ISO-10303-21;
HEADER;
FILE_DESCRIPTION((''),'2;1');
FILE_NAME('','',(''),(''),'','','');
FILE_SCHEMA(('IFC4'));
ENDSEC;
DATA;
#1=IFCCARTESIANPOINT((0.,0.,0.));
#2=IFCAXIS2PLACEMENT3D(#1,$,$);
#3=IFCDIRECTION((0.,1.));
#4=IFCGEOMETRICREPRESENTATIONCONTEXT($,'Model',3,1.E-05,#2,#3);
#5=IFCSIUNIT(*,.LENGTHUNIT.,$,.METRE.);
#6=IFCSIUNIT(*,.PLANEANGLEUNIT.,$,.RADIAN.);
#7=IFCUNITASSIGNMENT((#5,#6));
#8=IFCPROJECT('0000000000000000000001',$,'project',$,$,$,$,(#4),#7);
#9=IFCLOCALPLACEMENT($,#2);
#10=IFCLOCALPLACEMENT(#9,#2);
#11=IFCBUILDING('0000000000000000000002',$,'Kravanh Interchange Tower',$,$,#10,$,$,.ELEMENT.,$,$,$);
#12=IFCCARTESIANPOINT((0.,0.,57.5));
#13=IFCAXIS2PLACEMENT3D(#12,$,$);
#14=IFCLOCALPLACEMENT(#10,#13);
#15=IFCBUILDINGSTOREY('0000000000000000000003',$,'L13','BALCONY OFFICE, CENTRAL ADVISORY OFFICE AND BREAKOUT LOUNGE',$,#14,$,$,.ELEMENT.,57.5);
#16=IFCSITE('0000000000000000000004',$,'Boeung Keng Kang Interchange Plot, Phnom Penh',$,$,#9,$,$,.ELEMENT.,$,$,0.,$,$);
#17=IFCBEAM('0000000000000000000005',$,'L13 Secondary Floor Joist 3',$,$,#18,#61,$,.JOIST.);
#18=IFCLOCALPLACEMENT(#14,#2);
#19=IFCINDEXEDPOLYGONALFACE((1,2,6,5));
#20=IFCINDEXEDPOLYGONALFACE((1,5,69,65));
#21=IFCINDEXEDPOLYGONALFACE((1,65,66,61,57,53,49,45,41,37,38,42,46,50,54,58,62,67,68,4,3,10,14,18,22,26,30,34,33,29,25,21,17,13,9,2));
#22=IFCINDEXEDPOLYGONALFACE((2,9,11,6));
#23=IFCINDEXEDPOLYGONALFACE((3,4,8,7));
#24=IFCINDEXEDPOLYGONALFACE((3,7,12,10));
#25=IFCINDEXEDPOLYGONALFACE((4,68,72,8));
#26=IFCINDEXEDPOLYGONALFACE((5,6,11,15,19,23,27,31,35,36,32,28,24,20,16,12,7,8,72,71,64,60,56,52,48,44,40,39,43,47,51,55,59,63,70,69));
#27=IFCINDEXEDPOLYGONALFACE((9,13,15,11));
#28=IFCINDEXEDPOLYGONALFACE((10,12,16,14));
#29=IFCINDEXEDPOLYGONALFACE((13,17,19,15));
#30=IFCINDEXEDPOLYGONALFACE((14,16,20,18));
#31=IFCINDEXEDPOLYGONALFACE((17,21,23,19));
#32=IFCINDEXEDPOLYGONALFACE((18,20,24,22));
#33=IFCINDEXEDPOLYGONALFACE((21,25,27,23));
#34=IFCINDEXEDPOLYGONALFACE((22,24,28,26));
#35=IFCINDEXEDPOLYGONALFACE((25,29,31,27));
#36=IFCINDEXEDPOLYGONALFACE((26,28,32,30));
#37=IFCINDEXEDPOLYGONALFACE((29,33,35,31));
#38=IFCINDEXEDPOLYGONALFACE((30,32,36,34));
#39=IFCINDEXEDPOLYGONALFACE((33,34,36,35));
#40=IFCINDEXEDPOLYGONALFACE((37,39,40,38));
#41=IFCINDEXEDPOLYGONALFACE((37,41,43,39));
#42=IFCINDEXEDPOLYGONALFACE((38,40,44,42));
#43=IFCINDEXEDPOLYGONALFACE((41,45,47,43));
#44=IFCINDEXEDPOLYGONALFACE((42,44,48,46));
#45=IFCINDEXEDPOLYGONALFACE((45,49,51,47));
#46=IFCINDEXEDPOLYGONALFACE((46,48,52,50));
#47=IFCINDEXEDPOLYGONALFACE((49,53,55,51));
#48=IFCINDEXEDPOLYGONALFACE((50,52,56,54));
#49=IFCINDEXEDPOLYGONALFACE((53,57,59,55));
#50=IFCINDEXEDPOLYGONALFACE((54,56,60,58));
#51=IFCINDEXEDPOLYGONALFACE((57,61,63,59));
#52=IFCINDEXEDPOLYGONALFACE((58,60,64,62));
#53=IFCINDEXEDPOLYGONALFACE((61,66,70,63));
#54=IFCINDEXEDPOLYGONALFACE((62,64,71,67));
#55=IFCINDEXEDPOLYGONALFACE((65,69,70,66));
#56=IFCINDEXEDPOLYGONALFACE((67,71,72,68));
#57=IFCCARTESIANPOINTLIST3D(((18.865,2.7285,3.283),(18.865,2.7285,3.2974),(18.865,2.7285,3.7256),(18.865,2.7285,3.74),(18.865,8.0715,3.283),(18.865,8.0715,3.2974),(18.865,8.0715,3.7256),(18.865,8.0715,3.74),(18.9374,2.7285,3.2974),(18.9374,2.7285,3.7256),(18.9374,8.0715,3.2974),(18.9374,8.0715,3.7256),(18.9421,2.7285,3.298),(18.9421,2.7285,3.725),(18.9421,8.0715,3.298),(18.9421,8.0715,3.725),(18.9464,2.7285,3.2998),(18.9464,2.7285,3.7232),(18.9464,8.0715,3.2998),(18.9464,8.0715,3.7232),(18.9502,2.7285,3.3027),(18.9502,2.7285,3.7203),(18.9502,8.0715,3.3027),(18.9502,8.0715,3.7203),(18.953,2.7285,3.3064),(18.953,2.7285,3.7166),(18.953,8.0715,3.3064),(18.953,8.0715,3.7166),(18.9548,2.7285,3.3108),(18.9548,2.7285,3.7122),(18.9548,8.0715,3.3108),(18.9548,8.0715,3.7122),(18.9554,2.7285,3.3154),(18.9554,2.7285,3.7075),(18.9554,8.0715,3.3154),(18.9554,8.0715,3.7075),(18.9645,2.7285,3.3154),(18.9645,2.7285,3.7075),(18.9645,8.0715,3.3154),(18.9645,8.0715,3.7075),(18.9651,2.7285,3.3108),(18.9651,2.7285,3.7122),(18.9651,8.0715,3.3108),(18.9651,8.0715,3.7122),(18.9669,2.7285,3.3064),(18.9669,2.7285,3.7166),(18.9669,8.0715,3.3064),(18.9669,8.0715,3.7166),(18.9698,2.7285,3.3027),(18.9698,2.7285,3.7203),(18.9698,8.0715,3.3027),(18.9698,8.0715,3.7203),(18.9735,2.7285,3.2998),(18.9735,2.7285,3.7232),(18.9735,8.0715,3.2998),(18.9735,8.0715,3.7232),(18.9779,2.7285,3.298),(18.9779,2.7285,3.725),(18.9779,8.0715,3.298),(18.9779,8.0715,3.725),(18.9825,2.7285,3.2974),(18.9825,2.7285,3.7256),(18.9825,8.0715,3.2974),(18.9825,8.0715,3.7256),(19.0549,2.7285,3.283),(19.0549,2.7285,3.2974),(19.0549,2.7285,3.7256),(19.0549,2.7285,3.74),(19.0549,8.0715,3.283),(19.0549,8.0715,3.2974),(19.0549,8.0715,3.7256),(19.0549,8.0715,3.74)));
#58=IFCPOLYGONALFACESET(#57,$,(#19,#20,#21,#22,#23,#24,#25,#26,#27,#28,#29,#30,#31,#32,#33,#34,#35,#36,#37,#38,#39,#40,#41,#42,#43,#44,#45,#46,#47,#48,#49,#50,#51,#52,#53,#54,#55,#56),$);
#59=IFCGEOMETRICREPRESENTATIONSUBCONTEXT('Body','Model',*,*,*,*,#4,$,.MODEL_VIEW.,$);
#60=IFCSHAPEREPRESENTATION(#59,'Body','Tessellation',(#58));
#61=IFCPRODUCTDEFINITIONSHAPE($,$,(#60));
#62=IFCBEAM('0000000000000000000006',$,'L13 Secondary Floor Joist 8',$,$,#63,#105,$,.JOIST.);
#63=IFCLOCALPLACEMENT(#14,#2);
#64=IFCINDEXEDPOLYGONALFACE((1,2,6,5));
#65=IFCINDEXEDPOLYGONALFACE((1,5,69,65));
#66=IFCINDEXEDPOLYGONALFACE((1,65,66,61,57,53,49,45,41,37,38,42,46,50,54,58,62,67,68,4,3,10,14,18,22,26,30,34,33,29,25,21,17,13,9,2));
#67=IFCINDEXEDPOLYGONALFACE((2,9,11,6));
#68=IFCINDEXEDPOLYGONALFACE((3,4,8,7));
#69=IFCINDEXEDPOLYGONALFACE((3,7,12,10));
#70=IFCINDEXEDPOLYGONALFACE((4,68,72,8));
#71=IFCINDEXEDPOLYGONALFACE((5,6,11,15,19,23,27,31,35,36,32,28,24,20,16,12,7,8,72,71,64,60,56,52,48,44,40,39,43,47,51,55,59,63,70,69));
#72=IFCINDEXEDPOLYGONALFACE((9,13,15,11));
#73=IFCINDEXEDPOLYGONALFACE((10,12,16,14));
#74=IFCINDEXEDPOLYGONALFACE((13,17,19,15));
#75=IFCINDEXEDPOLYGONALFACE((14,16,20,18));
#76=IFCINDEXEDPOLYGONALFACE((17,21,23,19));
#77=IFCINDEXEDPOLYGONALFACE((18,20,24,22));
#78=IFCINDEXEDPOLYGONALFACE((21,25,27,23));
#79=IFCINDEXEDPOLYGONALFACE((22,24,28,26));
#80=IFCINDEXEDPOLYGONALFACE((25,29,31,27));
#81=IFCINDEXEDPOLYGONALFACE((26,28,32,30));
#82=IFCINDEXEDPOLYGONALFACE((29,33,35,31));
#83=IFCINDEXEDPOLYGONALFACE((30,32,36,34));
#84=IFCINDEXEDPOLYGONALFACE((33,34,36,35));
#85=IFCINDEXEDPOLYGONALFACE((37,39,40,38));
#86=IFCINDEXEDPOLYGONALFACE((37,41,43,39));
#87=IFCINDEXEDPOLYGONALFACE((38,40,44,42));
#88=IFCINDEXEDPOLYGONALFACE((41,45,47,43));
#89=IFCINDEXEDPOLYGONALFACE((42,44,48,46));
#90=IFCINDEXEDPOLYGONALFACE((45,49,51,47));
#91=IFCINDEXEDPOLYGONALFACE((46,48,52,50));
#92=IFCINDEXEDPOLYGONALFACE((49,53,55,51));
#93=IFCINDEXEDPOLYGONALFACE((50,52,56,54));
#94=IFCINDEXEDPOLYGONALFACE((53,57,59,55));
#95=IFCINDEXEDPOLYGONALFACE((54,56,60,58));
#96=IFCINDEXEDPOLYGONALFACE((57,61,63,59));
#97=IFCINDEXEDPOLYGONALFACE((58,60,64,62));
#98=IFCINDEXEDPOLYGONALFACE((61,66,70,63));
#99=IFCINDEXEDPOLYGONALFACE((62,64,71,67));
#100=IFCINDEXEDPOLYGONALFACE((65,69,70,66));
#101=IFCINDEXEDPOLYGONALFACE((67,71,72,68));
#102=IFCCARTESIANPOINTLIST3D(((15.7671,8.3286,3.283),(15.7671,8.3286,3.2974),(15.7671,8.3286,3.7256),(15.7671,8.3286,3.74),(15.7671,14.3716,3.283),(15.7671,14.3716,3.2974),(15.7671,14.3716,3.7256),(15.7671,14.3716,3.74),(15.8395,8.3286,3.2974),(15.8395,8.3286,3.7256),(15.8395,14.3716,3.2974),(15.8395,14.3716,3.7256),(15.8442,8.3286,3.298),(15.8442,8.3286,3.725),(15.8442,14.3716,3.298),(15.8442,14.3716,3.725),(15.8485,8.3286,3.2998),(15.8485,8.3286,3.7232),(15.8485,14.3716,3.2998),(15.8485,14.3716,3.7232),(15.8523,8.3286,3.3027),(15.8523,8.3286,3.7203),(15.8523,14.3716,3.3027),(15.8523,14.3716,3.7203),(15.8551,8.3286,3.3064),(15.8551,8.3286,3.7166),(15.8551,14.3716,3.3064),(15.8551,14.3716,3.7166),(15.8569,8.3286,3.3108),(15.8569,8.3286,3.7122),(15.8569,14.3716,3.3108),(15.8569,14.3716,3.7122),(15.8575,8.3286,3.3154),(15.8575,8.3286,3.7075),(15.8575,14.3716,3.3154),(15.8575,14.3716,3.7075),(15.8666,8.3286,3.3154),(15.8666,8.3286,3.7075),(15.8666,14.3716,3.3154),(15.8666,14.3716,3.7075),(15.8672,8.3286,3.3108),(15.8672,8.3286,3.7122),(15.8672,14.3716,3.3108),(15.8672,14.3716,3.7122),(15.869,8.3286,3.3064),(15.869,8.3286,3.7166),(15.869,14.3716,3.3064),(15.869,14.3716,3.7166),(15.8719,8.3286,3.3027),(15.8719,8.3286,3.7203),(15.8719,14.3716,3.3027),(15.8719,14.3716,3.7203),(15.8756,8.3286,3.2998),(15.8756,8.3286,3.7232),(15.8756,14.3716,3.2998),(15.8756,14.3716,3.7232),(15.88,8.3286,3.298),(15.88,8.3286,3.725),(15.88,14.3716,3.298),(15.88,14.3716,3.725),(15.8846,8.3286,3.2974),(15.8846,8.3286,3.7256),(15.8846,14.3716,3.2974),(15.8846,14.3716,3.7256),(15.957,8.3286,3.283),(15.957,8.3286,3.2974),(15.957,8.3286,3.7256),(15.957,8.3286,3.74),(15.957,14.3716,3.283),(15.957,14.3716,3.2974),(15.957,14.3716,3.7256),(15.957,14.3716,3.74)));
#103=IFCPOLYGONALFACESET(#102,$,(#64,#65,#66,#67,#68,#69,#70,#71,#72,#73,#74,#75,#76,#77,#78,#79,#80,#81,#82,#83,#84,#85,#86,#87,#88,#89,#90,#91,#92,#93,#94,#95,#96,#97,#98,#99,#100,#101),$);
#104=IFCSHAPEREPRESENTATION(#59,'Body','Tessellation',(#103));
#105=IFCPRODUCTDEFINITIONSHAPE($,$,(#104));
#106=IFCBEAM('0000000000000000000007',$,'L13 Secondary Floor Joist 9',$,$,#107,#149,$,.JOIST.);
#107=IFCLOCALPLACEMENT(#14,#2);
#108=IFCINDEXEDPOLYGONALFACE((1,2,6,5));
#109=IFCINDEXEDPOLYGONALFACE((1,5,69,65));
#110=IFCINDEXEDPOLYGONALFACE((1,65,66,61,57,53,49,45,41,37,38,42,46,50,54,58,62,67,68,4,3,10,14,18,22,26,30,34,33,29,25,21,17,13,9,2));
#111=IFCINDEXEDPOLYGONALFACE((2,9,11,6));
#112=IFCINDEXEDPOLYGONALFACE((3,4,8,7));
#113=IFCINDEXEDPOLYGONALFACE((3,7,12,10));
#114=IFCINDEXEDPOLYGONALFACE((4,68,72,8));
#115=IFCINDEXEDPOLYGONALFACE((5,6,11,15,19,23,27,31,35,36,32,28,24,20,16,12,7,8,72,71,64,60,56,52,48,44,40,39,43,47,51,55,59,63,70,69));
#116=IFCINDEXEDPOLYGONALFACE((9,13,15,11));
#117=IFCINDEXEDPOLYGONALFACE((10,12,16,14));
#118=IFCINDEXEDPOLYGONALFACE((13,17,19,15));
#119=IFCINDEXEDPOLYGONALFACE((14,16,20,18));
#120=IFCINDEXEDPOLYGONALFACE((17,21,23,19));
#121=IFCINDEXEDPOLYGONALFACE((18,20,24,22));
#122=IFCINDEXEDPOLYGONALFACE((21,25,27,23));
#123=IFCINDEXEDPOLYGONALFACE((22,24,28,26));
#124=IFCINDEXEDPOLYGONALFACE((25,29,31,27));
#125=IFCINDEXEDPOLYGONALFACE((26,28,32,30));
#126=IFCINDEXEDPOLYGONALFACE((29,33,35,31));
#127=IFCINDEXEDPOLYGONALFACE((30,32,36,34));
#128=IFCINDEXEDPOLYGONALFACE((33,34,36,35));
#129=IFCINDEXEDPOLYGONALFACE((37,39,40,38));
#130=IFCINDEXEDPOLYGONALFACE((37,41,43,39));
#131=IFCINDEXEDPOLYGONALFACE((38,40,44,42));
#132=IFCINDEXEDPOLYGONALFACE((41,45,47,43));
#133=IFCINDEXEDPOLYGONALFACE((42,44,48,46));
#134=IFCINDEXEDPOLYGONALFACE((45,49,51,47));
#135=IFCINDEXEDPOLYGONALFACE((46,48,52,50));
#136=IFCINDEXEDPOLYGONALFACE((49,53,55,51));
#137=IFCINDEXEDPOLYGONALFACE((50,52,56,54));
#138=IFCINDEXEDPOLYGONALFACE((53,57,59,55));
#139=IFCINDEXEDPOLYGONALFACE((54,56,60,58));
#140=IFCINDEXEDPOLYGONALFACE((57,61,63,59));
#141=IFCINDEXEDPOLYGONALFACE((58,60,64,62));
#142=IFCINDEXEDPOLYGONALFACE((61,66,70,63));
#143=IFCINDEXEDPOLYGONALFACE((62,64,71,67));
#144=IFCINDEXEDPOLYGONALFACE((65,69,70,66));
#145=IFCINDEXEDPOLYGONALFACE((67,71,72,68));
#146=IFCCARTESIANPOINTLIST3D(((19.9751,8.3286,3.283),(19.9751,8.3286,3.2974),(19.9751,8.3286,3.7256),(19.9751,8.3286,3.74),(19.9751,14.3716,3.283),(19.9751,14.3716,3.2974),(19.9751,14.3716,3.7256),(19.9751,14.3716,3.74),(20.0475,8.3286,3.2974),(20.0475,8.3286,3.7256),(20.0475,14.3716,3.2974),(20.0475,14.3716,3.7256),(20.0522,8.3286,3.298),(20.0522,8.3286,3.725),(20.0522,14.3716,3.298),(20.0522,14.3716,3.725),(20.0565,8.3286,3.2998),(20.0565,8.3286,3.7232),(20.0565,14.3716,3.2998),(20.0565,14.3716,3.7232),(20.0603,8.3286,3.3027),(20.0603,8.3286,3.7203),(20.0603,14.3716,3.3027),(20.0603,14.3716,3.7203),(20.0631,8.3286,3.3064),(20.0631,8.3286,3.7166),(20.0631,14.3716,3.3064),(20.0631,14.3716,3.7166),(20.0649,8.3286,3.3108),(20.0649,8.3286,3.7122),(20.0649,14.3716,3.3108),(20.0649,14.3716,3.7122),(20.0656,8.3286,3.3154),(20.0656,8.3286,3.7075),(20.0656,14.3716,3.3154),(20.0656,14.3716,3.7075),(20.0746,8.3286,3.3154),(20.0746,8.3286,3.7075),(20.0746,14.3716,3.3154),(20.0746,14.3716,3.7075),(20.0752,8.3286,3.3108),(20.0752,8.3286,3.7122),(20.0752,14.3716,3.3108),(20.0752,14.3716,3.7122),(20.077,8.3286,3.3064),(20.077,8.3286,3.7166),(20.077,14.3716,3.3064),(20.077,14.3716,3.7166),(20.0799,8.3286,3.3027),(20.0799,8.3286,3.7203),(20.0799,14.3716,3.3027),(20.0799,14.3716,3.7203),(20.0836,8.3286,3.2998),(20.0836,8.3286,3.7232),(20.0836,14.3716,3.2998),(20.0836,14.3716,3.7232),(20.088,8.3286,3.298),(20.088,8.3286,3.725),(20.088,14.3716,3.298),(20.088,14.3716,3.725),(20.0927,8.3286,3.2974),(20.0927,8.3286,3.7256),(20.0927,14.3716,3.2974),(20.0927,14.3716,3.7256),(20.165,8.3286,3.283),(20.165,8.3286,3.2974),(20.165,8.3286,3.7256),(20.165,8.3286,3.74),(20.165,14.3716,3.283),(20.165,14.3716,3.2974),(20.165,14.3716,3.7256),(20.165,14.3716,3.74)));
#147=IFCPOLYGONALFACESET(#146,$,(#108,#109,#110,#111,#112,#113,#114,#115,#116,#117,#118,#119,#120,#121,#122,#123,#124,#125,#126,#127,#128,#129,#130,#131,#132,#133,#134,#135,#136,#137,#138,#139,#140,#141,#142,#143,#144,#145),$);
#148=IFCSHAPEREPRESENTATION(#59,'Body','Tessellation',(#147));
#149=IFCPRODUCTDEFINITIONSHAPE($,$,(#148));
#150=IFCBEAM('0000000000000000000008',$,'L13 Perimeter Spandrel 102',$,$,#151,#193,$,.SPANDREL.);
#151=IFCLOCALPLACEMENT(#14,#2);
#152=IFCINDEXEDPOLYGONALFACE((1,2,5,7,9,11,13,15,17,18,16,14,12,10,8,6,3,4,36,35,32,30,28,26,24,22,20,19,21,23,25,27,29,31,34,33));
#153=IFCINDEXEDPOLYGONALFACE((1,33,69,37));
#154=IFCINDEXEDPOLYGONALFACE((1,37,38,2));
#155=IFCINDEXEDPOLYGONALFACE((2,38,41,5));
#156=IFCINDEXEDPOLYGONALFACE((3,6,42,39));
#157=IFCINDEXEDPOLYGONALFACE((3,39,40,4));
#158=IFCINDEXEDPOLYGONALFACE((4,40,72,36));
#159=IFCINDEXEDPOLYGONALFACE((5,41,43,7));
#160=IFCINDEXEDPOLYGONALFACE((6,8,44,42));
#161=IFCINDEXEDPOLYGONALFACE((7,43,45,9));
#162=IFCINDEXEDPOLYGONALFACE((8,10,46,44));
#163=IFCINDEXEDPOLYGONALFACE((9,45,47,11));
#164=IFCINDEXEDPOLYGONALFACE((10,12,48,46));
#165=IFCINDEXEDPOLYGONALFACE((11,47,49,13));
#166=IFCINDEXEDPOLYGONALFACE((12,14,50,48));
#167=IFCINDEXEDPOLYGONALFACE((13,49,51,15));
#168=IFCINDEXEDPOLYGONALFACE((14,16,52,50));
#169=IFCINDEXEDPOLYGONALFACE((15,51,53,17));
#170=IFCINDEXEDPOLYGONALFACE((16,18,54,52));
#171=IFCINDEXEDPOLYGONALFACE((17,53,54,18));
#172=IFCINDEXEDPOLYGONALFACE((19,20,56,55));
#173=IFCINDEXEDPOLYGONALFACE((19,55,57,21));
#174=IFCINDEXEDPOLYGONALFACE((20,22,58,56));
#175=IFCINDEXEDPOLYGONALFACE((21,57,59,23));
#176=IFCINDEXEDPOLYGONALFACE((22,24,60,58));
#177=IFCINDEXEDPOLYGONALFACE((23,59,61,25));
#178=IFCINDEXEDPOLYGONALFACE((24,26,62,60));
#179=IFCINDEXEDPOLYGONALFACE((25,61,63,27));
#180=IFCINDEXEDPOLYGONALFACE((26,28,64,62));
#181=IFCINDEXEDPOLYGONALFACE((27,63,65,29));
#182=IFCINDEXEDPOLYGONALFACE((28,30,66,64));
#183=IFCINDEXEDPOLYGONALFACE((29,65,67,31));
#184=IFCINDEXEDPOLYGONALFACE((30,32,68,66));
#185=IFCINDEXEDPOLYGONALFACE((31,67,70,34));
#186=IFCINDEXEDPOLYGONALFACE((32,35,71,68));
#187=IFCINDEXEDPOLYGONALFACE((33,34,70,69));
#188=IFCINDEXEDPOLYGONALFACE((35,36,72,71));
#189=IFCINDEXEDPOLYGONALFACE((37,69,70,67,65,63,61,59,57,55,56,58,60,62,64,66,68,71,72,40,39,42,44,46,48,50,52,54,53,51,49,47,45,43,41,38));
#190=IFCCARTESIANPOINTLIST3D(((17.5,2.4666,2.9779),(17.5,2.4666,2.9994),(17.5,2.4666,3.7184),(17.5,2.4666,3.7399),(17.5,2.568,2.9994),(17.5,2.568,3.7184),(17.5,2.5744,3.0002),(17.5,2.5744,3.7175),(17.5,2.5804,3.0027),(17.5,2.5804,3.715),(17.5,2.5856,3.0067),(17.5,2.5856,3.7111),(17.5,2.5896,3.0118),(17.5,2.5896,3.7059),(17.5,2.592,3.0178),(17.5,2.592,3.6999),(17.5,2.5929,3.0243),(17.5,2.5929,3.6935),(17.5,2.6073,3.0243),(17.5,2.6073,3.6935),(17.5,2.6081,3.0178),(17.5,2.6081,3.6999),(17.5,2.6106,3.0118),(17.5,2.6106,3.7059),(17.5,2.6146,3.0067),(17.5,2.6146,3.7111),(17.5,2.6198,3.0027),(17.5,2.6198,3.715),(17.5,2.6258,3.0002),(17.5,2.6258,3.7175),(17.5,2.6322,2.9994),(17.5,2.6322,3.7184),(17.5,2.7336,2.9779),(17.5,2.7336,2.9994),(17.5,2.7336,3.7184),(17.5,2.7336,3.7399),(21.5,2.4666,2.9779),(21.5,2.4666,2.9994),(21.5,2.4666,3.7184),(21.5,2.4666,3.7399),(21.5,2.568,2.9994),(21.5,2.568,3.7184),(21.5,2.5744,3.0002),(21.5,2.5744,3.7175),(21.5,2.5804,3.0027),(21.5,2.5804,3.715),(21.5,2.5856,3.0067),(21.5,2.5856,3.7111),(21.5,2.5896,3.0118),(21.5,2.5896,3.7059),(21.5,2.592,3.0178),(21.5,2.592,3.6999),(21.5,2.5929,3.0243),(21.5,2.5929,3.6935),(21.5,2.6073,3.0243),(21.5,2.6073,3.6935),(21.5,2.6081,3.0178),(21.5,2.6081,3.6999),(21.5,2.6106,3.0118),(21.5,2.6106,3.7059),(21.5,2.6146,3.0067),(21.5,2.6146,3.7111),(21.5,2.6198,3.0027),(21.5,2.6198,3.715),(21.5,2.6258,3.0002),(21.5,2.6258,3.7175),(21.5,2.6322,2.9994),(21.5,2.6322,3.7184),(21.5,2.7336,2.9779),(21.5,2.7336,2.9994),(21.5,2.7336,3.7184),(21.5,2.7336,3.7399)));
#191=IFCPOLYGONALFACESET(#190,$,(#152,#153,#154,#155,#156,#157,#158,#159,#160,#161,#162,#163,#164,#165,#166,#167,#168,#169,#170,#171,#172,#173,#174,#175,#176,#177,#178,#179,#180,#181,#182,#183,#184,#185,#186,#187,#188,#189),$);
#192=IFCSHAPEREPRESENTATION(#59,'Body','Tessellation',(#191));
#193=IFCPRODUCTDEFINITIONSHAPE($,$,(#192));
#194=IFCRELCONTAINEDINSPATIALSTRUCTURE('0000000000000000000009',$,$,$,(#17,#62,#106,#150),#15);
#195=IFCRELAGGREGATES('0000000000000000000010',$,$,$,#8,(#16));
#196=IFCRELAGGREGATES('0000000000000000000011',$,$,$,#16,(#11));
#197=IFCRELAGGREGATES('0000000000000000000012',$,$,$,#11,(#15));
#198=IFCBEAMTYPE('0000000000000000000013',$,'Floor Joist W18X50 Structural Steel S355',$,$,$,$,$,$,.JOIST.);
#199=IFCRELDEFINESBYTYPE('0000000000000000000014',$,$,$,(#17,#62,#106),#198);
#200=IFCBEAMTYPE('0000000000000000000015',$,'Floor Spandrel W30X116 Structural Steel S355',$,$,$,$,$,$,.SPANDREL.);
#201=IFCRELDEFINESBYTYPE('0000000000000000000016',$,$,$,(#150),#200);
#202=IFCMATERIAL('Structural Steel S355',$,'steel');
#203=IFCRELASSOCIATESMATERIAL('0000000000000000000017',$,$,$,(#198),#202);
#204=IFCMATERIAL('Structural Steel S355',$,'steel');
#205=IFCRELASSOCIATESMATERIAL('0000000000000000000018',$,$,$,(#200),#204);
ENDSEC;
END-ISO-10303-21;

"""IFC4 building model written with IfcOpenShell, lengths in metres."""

from ifc_helpers import new_model, si_unit, direction, frame, origin, origin_2d, place, context, subcontext, project, spatial, i_section, extrude, material, material_profile, profile_set, type_object, element, save


model = new_model("IFC4")

# Units and contexts
model_context = context("Model", 3, precision=1e-05, world=origin(), true_north=direction((0.0, 1.0)))
body_context = subcontext(model_context, "Body", "Model", "MODEL_VIEW")
ifc_project = project(units=[si_unit("LENGTHUNIT", "METRE"), si_unit("PLANEANGLEUNIT", "RADIAN")], contexts=[model_context])

# Site, building, storey
site_placement = place(None, origin())
site = spatial("IfcSite", under=ifc_project, at=site_placement, Name="Boeung Keng Kang Interchange Plot, Phnom Penh", CompositionType="ELEMENT", RefElevation=0.0)
building_placement = place(site_placement, origin())
building = spatial("IfcBuilding", under=site, at=building_placement, Name="Kravanh Interchange Tower", CompositionType="ELEMENT")
storey_placement = place(building_placement, frame((0.0, 0.0, 57.5)))
storey = spatial("IfcBuildingStorey", under=building, at=storey_placement, Name="L13", Description="BALCONY OFFICE, CENTRAL ADVISORY OFFICE AND BREAKOUT LOUNGE", CompositionType="ELEMENT", Elevation=57.5)

# Beams
ifc_material_1 = material(Name="Structural Steel S355", Category="steel")
ifc_material_profile_1 = material_profile(ifc_material_1, i_section(OverallWidth=0.1899, OverallDepth=0.457, WebThickness=0.009, FlangeThickness=0.0144, FilletRadius=0.0181, at=origin_2d()), Name="W18X50")
ifc_profile_set_1 = profile_set([ifc_material_profile_1], Name="Structural Steel S355")
beam_type_1 = type_object("IfcBeamType", Name="Floor Joist W18X50 Structural Steel S355", PredefinedType="JOIST", material=ifc_profile_set_1)
for number, where, z_axis, x_axis, name in (
    (1, (18.96, 2.7285, 3.5115), (0.0, 1.0, 0.0), (-1.0, 0.0, 0.0), "L13 Secondary Floor Joist 3"),
):
    element("IfcBeam", number, at=place(storey_placement, frame(where, z_axis=z_axis, x_axis=x_axis)), inside=storey, type_object=beam_type_1, Name=name, PredefinedType="JOIST", context=body_context, shape_type="SweptSolid", body=[
        extrude(i_section(OverallWidth=0.1899, OverallDepth=0.457, WebThickness=0.009, FlangeThickness=0.0144, FilletRadius=0.0181, at=origin_2d()), origin(), (0.0, 0.0, 1.0), 5.343),
    ])
for number, where, z_axis, x_axis, name in (
    (2, (15.8621, 8.3286, 3.5115), (0.0, 1.0, 0.0), (-1.0, 0.0, 0.0), "L13 Secondary Floor Joist 8"),
    (3, (20.0701, 8.3286, 3.5115), (0.0, 1.0, 0.0), (-1.0, 0.0, 0.0), "L13 Secondary Floor Joist 9"),
):
    element("IfcBeam", number, at=place(storey_placement, frame(where, z_axis=z_axis, x_axis=x_axis)), inside=storey, type_object=beam_type_1, Name=name, PredefinedType="JOIST", context=body_context, shape_type="SweptSolid", body=[
        extrude(i_section(OverallWidth=0.1899, OverallDepth=0.457, WebThickness=0.009, FlangeThickness=0.0144, FilletRadius=0.0181, at=origin_2d()), origin(), (0.0, 0.0, 1.0), 6.043),
    ])
ifc_material_2 = material(Name="Structural Steel S355", Category="steel")
ifc_material_profile_2 = material_profile(ifc_material_2, i_section(OverallWidth=0.2671, OverallDepth=0.762, WebThickness=0.0144, FlangeThickness=0.0215, FilletRadius=0.0249, at=origin_2d()), Name="W30X116")
ifc_profile_set_2 = profile_set([ifc_material_profile_2], Name="Structural Steel S355")
beam_type_2 = type_object("IfcBeamType", Name="Floor Spandrel W30X116 Structural Steel S355", PredefinedType="SPANDREL", material=ifc_profile_set_2)
beam_1_placement = place(storey_placement, frame((17.5, 2.6001, 3.3589), z_axis=(1.0, 0.0, 0.0), x_axis=(0.0, 1.0, 0.0)))
element("IfcBeam", 4, at=beam_1_placement, inside=storey, type_object=beam_type_2, Name="L13 Perimeter Spandrel 102", PredefinedType="SPANDREL", context=body_context, shape_type="SweptSolid", body=[
    extrude(i_section(OverallWidth=0.2671, OverallDepth=0.762, WebThickness=0.0144, FlangeThickness=0.0215, FilletRadius=0.0249, at=origin_2d()), origin(), (0.0, 0.0, 1.0), 4.0),
])

save(model, "model.ifc")
